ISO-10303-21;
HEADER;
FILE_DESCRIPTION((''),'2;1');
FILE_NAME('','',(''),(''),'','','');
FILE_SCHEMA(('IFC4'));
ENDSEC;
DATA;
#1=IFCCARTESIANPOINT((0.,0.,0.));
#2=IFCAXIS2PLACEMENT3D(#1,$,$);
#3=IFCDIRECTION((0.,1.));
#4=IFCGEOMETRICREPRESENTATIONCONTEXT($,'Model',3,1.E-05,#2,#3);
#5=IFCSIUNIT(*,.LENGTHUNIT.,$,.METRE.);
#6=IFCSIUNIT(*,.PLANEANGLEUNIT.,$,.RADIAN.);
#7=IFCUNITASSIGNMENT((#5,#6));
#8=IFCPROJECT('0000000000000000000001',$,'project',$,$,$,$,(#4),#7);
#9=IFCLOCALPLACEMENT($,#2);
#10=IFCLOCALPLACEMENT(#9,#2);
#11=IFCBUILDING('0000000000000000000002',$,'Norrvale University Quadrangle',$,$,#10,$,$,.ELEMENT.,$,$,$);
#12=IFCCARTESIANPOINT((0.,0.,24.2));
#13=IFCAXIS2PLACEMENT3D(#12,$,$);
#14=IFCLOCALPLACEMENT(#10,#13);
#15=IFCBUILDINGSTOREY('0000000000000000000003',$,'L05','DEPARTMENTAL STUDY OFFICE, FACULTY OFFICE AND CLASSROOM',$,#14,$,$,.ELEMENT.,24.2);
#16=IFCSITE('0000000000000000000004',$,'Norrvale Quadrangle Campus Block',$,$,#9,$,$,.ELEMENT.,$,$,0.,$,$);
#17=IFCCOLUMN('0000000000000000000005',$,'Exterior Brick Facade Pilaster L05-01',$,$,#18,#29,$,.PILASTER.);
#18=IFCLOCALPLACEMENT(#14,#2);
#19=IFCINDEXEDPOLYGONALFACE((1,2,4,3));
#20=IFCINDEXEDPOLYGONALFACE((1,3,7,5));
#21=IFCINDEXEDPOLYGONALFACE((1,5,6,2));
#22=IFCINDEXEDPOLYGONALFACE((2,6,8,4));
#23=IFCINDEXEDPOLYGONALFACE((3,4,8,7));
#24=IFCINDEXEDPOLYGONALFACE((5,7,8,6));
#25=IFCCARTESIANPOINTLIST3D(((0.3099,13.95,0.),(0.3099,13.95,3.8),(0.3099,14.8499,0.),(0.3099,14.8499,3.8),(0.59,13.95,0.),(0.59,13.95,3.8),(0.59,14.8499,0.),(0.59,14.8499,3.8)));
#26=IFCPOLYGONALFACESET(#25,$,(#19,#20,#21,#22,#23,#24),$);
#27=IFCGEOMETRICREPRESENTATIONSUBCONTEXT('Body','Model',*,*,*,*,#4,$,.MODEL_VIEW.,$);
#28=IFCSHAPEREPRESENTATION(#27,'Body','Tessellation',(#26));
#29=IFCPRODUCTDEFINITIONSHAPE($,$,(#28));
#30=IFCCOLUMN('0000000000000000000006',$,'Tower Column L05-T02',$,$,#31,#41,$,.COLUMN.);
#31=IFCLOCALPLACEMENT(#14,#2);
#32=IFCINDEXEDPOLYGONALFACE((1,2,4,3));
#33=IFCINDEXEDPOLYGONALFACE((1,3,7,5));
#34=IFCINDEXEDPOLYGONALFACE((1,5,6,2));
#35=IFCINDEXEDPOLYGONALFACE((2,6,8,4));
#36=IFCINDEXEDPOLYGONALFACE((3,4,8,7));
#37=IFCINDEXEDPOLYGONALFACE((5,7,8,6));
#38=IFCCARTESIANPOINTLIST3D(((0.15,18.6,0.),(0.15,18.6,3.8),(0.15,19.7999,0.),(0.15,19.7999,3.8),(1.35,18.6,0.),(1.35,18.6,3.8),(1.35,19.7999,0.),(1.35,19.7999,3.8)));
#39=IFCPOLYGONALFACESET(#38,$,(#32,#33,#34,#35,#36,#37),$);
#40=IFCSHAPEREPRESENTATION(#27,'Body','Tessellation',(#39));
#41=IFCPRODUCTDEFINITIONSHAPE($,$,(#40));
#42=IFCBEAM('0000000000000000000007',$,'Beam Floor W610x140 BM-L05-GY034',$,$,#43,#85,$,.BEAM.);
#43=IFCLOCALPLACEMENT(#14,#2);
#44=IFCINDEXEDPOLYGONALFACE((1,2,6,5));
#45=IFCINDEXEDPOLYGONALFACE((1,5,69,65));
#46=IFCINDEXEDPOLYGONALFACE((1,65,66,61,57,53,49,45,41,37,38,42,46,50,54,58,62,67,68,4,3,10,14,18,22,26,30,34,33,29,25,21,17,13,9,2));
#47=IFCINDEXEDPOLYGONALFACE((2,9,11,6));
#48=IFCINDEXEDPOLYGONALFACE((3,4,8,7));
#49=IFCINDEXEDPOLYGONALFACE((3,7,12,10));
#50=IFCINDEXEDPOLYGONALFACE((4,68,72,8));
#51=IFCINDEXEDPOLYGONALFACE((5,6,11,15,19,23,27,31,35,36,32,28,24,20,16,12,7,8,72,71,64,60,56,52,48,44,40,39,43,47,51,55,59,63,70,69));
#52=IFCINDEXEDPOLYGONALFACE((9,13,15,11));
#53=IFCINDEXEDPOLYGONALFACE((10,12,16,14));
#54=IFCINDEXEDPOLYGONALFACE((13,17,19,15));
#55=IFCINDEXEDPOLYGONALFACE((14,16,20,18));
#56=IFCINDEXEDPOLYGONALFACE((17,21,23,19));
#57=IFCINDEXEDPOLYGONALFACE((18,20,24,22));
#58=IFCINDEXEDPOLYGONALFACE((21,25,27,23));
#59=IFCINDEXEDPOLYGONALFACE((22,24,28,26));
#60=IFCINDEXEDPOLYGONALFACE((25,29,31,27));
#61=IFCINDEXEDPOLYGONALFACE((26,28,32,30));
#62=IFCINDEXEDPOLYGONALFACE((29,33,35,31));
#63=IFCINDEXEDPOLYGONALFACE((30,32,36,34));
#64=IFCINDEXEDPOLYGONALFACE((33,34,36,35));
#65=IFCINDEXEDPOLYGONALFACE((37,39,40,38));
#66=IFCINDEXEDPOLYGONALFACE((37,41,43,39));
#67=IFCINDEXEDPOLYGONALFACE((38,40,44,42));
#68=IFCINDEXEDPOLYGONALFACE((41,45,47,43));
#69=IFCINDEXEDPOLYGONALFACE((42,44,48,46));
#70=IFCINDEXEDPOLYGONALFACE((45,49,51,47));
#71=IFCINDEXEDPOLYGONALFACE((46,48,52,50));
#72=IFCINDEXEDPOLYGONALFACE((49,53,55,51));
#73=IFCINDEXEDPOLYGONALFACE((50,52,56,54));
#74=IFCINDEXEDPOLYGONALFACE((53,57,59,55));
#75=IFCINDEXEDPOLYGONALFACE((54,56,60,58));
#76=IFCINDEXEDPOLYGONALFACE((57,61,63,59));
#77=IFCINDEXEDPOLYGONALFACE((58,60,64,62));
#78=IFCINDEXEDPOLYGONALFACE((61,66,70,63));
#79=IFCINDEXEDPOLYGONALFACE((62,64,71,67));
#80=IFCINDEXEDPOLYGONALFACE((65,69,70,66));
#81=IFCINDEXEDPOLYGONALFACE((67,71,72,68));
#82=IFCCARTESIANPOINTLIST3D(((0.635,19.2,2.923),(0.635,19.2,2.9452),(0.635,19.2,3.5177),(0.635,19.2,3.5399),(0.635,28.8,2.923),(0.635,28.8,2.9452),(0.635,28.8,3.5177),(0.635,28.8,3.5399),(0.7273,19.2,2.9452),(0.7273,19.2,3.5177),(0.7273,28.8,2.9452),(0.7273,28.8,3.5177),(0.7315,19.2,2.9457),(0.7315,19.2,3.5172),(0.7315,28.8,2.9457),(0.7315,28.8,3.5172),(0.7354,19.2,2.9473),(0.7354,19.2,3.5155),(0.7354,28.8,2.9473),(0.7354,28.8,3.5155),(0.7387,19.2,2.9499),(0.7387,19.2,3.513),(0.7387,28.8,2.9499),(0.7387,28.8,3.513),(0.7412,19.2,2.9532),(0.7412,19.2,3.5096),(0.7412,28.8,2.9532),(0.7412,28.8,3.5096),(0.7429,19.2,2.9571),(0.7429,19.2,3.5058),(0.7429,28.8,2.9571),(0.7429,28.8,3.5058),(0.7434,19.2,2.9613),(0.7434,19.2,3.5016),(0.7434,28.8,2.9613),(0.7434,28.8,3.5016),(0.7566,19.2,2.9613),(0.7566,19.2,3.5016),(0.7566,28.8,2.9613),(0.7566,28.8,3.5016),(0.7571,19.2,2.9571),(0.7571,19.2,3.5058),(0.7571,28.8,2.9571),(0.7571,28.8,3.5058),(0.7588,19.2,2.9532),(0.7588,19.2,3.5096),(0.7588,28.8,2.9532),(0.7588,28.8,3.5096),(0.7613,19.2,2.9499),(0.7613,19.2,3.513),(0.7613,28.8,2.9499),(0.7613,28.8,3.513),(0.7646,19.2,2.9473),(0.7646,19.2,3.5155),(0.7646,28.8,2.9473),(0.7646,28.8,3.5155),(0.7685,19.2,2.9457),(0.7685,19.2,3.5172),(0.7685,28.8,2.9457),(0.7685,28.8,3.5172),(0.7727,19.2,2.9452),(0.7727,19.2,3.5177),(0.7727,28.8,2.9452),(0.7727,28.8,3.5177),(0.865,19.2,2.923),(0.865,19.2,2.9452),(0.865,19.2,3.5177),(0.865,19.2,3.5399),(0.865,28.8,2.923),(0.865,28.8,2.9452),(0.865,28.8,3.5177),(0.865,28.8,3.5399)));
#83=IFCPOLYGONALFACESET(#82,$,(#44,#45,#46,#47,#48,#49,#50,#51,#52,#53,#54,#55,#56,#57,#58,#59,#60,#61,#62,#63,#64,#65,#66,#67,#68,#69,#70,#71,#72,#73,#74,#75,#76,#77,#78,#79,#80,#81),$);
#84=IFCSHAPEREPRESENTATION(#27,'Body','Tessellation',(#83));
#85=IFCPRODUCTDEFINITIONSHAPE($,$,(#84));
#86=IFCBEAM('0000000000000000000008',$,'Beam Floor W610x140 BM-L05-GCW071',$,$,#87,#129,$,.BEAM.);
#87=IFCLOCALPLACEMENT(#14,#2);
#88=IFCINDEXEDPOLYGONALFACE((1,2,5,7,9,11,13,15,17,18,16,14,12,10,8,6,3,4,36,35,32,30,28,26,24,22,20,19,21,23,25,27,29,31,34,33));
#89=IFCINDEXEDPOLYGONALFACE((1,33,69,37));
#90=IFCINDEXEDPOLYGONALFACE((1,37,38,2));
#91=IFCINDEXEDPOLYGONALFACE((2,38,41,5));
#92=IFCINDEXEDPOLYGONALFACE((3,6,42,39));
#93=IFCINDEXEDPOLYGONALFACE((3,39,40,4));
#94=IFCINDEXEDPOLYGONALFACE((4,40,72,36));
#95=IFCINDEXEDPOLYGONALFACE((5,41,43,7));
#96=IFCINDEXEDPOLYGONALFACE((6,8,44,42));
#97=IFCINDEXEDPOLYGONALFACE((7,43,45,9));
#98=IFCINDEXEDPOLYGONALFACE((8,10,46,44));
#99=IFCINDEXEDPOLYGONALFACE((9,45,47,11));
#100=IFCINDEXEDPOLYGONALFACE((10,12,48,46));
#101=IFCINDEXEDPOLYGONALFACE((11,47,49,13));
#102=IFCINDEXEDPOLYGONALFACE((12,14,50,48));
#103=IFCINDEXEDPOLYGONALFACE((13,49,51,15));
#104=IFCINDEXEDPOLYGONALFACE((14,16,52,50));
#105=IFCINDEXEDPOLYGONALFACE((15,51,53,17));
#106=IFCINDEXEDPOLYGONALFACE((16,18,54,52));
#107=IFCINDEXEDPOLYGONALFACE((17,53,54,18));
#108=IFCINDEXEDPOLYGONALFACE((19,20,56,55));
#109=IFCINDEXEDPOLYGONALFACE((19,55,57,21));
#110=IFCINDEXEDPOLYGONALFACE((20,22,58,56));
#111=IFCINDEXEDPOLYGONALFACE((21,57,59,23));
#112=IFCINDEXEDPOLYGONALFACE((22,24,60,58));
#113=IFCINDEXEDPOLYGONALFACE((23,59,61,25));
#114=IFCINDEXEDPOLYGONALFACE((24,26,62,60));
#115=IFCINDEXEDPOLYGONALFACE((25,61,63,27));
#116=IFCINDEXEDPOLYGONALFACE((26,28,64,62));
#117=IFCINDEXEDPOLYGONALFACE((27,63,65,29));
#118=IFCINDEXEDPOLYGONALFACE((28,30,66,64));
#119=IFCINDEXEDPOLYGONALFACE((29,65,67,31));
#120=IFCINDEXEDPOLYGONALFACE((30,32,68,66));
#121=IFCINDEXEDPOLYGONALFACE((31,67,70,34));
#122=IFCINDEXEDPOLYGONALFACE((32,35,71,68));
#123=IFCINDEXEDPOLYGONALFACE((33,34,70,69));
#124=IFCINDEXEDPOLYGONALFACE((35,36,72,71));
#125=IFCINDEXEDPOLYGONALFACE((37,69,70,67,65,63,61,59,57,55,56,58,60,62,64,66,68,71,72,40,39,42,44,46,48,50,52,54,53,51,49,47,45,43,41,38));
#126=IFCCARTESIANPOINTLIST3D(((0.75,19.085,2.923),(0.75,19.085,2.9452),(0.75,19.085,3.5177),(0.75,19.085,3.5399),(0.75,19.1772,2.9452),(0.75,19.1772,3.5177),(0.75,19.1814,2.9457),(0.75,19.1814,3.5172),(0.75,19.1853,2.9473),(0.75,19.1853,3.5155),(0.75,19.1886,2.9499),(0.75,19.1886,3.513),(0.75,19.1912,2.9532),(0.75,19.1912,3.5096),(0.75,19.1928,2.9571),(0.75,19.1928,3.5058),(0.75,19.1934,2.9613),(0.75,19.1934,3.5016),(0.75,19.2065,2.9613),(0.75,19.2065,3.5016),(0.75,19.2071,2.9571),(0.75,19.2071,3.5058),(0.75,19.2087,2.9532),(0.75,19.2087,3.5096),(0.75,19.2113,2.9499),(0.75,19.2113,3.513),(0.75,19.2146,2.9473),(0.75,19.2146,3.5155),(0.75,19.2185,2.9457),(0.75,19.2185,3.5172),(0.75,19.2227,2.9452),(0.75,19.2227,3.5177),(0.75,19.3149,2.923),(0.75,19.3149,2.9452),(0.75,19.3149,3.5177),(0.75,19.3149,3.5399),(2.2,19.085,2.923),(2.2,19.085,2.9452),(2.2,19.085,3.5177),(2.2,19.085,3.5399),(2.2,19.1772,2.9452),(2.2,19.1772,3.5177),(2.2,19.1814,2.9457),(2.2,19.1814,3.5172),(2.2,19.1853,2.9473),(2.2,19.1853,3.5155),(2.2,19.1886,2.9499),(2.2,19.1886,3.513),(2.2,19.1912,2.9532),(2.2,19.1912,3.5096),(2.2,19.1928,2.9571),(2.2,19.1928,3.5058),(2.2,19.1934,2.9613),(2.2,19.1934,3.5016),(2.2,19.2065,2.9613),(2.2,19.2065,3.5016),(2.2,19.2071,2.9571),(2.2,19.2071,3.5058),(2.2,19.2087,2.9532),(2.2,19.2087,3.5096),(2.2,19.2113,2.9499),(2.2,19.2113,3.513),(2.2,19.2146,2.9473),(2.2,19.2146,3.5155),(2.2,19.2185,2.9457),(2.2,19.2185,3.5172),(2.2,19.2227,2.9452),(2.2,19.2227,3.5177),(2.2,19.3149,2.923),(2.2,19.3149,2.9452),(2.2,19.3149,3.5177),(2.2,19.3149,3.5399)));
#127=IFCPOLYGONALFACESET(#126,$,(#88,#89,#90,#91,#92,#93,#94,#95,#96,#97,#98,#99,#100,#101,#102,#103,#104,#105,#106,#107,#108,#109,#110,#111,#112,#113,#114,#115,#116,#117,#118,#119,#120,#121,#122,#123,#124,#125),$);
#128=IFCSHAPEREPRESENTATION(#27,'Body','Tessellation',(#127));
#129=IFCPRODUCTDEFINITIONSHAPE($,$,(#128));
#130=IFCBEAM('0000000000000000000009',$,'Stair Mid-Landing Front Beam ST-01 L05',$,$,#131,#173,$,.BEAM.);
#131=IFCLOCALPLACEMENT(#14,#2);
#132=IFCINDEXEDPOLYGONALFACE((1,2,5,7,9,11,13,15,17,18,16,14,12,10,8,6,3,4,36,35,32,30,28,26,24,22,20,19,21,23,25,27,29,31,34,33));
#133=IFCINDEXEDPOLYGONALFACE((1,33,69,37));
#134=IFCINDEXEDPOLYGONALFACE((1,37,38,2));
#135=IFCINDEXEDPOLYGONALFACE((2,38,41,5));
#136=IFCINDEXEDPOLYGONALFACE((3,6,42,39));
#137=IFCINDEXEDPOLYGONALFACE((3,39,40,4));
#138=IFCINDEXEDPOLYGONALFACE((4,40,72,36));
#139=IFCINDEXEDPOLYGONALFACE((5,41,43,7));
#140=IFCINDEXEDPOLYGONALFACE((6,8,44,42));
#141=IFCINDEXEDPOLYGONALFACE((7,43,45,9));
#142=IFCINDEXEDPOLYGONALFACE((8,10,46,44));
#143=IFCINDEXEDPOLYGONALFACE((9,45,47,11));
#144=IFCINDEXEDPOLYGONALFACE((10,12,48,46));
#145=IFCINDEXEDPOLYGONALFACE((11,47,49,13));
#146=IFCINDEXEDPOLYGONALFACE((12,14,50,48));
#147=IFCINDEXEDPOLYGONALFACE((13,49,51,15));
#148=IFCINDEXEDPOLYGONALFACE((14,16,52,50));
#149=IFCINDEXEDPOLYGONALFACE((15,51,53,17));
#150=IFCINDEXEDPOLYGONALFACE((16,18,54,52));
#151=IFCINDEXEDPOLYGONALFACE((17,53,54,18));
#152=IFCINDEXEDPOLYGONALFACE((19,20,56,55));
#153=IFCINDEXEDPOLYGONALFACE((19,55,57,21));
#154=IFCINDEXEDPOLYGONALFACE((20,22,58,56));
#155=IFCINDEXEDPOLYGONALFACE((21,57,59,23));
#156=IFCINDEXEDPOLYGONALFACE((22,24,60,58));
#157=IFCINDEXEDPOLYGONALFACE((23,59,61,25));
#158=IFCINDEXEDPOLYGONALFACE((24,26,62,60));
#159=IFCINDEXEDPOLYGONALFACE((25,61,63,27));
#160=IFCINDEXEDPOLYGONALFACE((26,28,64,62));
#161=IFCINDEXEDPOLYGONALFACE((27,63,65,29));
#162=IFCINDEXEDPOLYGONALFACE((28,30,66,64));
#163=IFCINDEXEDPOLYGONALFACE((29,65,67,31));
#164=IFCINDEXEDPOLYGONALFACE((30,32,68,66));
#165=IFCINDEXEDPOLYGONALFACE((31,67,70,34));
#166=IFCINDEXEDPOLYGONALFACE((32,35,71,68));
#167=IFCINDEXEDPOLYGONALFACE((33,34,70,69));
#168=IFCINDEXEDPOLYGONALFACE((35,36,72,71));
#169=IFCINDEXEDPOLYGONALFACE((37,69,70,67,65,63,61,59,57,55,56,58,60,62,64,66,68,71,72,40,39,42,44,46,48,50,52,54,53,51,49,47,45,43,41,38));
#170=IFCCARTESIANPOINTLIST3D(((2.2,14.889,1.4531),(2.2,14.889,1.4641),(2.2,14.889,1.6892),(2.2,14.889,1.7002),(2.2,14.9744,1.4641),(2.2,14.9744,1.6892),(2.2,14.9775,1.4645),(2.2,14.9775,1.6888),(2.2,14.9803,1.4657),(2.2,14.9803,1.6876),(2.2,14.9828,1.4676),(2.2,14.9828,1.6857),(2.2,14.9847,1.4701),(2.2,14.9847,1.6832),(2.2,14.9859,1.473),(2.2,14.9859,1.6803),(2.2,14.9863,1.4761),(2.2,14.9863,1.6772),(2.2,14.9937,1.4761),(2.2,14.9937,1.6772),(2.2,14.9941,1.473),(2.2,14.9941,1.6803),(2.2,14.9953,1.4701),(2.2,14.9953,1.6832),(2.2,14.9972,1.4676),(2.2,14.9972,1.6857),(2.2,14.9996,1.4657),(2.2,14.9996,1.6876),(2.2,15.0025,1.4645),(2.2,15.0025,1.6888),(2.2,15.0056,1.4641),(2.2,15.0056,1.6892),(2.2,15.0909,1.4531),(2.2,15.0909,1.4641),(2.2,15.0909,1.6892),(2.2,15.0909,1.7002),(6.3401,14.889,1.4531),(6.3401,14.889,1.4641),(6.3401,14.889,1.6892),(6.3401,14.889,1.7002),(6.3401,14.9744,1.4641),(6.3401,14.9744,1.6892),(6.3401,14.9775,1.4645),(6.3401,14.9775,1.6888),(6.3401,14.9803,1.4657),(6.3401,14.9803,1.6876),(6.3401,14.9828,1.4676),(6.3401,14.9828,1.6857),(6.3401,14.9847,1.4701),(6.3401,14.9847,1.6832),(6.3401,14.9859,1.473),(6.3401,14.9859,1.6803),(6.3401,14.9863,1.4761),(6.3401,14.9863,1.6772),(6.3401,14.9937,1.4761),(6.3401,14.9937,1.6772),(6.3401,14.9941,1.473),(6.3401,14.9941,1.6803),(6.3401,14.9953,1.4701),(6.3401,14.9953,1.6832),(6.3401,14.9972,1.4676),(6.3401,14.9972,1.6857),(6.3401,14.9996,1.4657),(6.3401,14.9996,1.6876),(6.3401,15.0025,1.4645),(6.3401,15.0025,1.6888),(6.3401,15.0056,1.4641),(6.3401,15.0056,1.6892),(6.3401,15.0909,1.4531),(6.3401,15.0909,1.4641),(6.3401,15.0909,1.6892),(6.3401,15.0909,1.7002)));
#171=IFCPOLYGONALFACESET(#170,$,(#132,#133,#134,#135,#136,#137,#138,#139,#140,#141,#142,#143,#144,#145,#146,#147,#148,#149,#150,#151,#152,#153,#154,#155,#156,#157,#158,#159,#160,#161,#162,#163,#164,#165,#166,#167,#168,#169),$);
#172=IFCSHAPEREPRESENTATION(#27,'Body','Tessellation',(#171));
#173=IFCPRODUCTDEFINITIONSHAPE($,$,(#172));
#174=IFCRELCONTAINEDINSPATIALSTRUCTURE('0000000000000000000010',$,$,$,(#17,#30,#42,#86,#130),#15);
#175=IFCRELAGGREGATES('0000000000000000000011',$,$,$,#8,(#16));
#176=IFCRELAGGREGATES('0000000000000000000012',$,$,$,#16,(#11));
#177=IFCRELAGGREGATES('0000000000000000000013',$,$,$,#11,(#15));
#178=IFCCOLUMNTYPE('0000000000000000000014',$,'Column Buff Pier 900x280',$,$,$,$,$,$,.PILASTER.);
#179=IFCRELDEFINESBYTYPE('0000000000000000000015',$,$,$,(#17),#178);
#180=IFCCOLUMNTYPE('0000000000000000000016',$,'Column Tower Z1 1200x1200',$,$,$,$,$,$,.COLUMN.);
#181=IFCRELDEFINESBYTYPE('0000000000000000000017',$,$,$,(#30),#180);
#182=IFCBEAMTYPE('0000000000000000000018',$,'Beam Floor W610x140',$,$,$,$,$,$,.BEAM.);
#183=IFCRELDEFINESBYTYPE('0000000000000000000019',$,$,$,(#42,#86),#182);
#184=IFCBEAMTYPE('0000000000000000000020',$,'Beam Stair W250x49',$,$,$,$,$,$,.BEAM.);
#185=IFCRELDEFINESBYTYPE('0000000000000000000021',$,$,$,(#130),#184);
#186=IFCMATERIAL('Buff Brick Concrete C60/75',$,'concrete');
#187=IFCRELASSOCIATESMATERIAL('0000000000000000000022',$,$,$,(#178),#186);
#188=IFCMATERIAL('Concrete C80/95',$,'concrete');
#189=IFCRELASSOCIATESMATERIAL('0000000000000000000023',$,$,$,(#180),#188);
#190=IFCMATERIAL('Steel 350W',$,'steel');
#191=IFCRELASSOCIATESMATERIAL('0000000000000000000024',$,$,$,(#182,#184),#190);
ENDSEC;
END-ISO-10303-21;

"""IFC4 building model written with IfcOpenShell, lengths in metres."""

from ifc_helpers import new_model, si_unit, direction, frame, origin, origin_2d, place, context, subcontext, project, spatial, rectangle, i_section, extrude, material, material_profile, profile_set, type_object, element, save


model = new_model("IFC4")

# Units and contexts
model_context = context("Model", 3, precision=1e-05, world=origin(), true_north=direction((0.0, 1.0)))
body_context = subcontext(model_context, "Body", "Model", "MODEL_VIEW")
ifc_project = project(units=[si_unit("LENGTHUNIT", "METRE"), si_unit("PLANEANGLEUNIT", "RADIAN")], contexts=[model_context])

# Site, building, storey
site_placement = place(None, origin())
site = spatial("IfcSite", under=ifc_project, at=site_placement, Name="Norrvale Quadrangle Campus Block", CompositionType="ELEMENT", RefElevation=0.0)
building_placement = place(site_placement, origin())
building = spatial("IfcBuilding", under=site, at=building_placement, Name="Norrvale University Quadrangle", CompositionType="ELEMENT")
storey_placement = place(building_placement, frame((0.0, 0.0, 24.2)))
storey = spatial("IfcBuildingStorey", under=building, at=storey_placement, Name="L05", Description="DEPARTMENTAL STUDY OFFICE, FACULTY OFFICE AND CLASSROOM", CompositionType="ELEMENT", Elevation=24.2)

# Columns
ifc_material_1 = material(Name="Buff Brick Concrete C60/75", Category="concrete")
ifc_material_profile_1 = material_profile(ifc_material_1, rectangle(XDim=0.8999, YDim=0.28, at=origin_2d()), Name="Buff Brick Concrete C60/75")
ifc_profile_set_1 = profile_set([ifc_material_profile_1], Name="Buff Brick Concrete C60/75")
column_type_1 = type_object("IfcColumnType", Name="Column Buff Pier 900x280", PredefinedType="PILASTER", material=ifc_profile_set_1)
column_1_placement = place(storey_placement, frame((0.45, 14.3999, 0.0), z_axis=(0.0, 0.0, 1.0), x_axis=(0.0, 1.0, 0.0)))
element("IfcColumn", 1, at=column_1_placement, inside=storey, type_object=column_type_1, Name="Exterior Brick Facade Pilaster L05-01", PredefinedType="PILASTER", context=body_context, shape_type="SweptSolid", body=[
    extrude(rectangle(XDim=0.8999, YDim=0.28, at=origin_2d()), origin(), (0.0, 0.0, 1.0), 3.8),
])
ifc_material_2 = material(Name="Concrete C80/95", Category="concrete")
ifc_material_profile_2 = material_profile(ifc_material_2, rectangle(XDim=1.2, YDim=1.2, at=origin_2d()), Name="Concrete C80/95")
ifc_profile_set_2 = profile_set([ifc_material_profile_2], Name="Concrete C80/95")
column_type_2 = type_object("IfcColumnType", Name="Column Tower Z1 1200x1200", PredefinedType="COLUMN", material=ifc_profile_set_2)
column_2_placement = place(storey_placement, frame((0.75, 19.2, 0.0), z_axis=(0.0, 0.0, 1.0), x_axis=(1.0, 0.0, 0.0)))
element("IfcColumn", 2, at=column_2_placement, inside=storey, type_object=column_type_2, Name="Tower Column L05-T02", PredefinedType="COLUMN", context=body_context, shape_type="SweptSolid", body=[
    extrude(rectangle(XDim=1.2, YDim=1.2, at=origin_2d()), origin(), (0.0, 0.0, 1.0), 3.8),
])

# Beams
ifc_material_3 = material(Name="Steel 350W", Category="steel")
ifc_material_profile_3 = material_profile(ifc_material_3, i_section(OverallWidth=0.23, OverallDepth=0.6169, WebThickness=0.0132, FlangeThickness=0.0222, FilletRadius=0.0161, at=origin_2d()), Name="Steel 350W")
ifc_profile_set_3 = profile_set([ifc_material_profile_3], Name="Steel 350W")
beam_type_1 = type_object("IfcBeamType", Name="Beam Floor W610x140", PredefinedType="BEAM", material=ifc_profile_set_3)
beam_1_placement = place(storey_placement, frame((0.75, 19.2, 3.2314), z_axis=(0.0, 1.0, 0.0), x_axis=(-1.0, 0.0, 0.0)))
element("IfcBeam", 3, at=beam_1_placement, inside=storey, type_object=beam_type_1, Name="Beam Floor W610x140 BM-L05-GY034", PredefinedType="BEAM", context=body_context, shape_type="SweptSolid", body=[
    extrude(i_section(OverallWidth=0.23, OverallDepth=0.6169, WebThickness=0.0132, FlangeThickness=0.0222, FilletRadius=0.0161, at=origin_2d()), origin(), (0.0, 0.0, 1.0), 9.6001),
])
beam_2_placement = place(storey_placement, frame((0.75, 19.2, 3.2314), z_axis=(1.0, 0.0, 0.0), x_axis=(0.0, 1.0, 0.0)))
element("IfcBeam", 4, at=beam_2_placement, inside=storey, type_object=beam_type_1, Name="Beam Floor W610x140 BM-L05-GCW071", PredefinedType="BEAM", context=body_context, shape_type="SweptSolid", body=[
    extrude(i_section(OverallWidth=0.23, OverallDepth=0.6169, WebThickness=0.0132, FlangeThickness=0.0222, FilletRadius=0.0161, at=origin_2d()), origin(), (0.0, 0.0, 1.0), 1.45),
])
ifc_material_profile_4 = material_profile(ifc_material_3, i_section(OverallWidth=0.2019, OverallDepth=0.2471, WebThickness=0.0073, FlangeThickness=0.011, FilletRadius=0.012, at=origin_2d()), Name="Steel 350W")
ifc_profile_set_4 = profile_set([ifc_material_profile_4], Name="Steel 350W")
beam_type_2 = type_object("IfcBeamType", Name="Beam Stair W250x49", PredefinedType="BEAM", material=ifc_profile_set_4)
for number, where, z_axis, x_axis, name in (
    (5, (2.2, 14.99, 1.5767), (1.0, 0.0, 0.0), (0.0, 1.0, 0.0), "Stair Mid-Landing Front Beam ST-01 L05"),
):
    element("IfcBeam", number, at=place(storey_placement, frame(where, z_axis=z_axis, x_axis=x_axis)), inside=storey, type_object=beam_type_2, Name=name, PredefinedType="BEAM", context=body_context, shape_type="SweptSolid", body=[
        extrude(i_section(OverallWidth=0.2019, OverallDepth=0.2471, WebThickness=0.0073, FlangeThickness=0.011, FilletRadius=0.012, at=origin_2d()), origin(), (0.0, 0.0, 1.0), 4.1401),
    ])

save(model, "model.ifc")
